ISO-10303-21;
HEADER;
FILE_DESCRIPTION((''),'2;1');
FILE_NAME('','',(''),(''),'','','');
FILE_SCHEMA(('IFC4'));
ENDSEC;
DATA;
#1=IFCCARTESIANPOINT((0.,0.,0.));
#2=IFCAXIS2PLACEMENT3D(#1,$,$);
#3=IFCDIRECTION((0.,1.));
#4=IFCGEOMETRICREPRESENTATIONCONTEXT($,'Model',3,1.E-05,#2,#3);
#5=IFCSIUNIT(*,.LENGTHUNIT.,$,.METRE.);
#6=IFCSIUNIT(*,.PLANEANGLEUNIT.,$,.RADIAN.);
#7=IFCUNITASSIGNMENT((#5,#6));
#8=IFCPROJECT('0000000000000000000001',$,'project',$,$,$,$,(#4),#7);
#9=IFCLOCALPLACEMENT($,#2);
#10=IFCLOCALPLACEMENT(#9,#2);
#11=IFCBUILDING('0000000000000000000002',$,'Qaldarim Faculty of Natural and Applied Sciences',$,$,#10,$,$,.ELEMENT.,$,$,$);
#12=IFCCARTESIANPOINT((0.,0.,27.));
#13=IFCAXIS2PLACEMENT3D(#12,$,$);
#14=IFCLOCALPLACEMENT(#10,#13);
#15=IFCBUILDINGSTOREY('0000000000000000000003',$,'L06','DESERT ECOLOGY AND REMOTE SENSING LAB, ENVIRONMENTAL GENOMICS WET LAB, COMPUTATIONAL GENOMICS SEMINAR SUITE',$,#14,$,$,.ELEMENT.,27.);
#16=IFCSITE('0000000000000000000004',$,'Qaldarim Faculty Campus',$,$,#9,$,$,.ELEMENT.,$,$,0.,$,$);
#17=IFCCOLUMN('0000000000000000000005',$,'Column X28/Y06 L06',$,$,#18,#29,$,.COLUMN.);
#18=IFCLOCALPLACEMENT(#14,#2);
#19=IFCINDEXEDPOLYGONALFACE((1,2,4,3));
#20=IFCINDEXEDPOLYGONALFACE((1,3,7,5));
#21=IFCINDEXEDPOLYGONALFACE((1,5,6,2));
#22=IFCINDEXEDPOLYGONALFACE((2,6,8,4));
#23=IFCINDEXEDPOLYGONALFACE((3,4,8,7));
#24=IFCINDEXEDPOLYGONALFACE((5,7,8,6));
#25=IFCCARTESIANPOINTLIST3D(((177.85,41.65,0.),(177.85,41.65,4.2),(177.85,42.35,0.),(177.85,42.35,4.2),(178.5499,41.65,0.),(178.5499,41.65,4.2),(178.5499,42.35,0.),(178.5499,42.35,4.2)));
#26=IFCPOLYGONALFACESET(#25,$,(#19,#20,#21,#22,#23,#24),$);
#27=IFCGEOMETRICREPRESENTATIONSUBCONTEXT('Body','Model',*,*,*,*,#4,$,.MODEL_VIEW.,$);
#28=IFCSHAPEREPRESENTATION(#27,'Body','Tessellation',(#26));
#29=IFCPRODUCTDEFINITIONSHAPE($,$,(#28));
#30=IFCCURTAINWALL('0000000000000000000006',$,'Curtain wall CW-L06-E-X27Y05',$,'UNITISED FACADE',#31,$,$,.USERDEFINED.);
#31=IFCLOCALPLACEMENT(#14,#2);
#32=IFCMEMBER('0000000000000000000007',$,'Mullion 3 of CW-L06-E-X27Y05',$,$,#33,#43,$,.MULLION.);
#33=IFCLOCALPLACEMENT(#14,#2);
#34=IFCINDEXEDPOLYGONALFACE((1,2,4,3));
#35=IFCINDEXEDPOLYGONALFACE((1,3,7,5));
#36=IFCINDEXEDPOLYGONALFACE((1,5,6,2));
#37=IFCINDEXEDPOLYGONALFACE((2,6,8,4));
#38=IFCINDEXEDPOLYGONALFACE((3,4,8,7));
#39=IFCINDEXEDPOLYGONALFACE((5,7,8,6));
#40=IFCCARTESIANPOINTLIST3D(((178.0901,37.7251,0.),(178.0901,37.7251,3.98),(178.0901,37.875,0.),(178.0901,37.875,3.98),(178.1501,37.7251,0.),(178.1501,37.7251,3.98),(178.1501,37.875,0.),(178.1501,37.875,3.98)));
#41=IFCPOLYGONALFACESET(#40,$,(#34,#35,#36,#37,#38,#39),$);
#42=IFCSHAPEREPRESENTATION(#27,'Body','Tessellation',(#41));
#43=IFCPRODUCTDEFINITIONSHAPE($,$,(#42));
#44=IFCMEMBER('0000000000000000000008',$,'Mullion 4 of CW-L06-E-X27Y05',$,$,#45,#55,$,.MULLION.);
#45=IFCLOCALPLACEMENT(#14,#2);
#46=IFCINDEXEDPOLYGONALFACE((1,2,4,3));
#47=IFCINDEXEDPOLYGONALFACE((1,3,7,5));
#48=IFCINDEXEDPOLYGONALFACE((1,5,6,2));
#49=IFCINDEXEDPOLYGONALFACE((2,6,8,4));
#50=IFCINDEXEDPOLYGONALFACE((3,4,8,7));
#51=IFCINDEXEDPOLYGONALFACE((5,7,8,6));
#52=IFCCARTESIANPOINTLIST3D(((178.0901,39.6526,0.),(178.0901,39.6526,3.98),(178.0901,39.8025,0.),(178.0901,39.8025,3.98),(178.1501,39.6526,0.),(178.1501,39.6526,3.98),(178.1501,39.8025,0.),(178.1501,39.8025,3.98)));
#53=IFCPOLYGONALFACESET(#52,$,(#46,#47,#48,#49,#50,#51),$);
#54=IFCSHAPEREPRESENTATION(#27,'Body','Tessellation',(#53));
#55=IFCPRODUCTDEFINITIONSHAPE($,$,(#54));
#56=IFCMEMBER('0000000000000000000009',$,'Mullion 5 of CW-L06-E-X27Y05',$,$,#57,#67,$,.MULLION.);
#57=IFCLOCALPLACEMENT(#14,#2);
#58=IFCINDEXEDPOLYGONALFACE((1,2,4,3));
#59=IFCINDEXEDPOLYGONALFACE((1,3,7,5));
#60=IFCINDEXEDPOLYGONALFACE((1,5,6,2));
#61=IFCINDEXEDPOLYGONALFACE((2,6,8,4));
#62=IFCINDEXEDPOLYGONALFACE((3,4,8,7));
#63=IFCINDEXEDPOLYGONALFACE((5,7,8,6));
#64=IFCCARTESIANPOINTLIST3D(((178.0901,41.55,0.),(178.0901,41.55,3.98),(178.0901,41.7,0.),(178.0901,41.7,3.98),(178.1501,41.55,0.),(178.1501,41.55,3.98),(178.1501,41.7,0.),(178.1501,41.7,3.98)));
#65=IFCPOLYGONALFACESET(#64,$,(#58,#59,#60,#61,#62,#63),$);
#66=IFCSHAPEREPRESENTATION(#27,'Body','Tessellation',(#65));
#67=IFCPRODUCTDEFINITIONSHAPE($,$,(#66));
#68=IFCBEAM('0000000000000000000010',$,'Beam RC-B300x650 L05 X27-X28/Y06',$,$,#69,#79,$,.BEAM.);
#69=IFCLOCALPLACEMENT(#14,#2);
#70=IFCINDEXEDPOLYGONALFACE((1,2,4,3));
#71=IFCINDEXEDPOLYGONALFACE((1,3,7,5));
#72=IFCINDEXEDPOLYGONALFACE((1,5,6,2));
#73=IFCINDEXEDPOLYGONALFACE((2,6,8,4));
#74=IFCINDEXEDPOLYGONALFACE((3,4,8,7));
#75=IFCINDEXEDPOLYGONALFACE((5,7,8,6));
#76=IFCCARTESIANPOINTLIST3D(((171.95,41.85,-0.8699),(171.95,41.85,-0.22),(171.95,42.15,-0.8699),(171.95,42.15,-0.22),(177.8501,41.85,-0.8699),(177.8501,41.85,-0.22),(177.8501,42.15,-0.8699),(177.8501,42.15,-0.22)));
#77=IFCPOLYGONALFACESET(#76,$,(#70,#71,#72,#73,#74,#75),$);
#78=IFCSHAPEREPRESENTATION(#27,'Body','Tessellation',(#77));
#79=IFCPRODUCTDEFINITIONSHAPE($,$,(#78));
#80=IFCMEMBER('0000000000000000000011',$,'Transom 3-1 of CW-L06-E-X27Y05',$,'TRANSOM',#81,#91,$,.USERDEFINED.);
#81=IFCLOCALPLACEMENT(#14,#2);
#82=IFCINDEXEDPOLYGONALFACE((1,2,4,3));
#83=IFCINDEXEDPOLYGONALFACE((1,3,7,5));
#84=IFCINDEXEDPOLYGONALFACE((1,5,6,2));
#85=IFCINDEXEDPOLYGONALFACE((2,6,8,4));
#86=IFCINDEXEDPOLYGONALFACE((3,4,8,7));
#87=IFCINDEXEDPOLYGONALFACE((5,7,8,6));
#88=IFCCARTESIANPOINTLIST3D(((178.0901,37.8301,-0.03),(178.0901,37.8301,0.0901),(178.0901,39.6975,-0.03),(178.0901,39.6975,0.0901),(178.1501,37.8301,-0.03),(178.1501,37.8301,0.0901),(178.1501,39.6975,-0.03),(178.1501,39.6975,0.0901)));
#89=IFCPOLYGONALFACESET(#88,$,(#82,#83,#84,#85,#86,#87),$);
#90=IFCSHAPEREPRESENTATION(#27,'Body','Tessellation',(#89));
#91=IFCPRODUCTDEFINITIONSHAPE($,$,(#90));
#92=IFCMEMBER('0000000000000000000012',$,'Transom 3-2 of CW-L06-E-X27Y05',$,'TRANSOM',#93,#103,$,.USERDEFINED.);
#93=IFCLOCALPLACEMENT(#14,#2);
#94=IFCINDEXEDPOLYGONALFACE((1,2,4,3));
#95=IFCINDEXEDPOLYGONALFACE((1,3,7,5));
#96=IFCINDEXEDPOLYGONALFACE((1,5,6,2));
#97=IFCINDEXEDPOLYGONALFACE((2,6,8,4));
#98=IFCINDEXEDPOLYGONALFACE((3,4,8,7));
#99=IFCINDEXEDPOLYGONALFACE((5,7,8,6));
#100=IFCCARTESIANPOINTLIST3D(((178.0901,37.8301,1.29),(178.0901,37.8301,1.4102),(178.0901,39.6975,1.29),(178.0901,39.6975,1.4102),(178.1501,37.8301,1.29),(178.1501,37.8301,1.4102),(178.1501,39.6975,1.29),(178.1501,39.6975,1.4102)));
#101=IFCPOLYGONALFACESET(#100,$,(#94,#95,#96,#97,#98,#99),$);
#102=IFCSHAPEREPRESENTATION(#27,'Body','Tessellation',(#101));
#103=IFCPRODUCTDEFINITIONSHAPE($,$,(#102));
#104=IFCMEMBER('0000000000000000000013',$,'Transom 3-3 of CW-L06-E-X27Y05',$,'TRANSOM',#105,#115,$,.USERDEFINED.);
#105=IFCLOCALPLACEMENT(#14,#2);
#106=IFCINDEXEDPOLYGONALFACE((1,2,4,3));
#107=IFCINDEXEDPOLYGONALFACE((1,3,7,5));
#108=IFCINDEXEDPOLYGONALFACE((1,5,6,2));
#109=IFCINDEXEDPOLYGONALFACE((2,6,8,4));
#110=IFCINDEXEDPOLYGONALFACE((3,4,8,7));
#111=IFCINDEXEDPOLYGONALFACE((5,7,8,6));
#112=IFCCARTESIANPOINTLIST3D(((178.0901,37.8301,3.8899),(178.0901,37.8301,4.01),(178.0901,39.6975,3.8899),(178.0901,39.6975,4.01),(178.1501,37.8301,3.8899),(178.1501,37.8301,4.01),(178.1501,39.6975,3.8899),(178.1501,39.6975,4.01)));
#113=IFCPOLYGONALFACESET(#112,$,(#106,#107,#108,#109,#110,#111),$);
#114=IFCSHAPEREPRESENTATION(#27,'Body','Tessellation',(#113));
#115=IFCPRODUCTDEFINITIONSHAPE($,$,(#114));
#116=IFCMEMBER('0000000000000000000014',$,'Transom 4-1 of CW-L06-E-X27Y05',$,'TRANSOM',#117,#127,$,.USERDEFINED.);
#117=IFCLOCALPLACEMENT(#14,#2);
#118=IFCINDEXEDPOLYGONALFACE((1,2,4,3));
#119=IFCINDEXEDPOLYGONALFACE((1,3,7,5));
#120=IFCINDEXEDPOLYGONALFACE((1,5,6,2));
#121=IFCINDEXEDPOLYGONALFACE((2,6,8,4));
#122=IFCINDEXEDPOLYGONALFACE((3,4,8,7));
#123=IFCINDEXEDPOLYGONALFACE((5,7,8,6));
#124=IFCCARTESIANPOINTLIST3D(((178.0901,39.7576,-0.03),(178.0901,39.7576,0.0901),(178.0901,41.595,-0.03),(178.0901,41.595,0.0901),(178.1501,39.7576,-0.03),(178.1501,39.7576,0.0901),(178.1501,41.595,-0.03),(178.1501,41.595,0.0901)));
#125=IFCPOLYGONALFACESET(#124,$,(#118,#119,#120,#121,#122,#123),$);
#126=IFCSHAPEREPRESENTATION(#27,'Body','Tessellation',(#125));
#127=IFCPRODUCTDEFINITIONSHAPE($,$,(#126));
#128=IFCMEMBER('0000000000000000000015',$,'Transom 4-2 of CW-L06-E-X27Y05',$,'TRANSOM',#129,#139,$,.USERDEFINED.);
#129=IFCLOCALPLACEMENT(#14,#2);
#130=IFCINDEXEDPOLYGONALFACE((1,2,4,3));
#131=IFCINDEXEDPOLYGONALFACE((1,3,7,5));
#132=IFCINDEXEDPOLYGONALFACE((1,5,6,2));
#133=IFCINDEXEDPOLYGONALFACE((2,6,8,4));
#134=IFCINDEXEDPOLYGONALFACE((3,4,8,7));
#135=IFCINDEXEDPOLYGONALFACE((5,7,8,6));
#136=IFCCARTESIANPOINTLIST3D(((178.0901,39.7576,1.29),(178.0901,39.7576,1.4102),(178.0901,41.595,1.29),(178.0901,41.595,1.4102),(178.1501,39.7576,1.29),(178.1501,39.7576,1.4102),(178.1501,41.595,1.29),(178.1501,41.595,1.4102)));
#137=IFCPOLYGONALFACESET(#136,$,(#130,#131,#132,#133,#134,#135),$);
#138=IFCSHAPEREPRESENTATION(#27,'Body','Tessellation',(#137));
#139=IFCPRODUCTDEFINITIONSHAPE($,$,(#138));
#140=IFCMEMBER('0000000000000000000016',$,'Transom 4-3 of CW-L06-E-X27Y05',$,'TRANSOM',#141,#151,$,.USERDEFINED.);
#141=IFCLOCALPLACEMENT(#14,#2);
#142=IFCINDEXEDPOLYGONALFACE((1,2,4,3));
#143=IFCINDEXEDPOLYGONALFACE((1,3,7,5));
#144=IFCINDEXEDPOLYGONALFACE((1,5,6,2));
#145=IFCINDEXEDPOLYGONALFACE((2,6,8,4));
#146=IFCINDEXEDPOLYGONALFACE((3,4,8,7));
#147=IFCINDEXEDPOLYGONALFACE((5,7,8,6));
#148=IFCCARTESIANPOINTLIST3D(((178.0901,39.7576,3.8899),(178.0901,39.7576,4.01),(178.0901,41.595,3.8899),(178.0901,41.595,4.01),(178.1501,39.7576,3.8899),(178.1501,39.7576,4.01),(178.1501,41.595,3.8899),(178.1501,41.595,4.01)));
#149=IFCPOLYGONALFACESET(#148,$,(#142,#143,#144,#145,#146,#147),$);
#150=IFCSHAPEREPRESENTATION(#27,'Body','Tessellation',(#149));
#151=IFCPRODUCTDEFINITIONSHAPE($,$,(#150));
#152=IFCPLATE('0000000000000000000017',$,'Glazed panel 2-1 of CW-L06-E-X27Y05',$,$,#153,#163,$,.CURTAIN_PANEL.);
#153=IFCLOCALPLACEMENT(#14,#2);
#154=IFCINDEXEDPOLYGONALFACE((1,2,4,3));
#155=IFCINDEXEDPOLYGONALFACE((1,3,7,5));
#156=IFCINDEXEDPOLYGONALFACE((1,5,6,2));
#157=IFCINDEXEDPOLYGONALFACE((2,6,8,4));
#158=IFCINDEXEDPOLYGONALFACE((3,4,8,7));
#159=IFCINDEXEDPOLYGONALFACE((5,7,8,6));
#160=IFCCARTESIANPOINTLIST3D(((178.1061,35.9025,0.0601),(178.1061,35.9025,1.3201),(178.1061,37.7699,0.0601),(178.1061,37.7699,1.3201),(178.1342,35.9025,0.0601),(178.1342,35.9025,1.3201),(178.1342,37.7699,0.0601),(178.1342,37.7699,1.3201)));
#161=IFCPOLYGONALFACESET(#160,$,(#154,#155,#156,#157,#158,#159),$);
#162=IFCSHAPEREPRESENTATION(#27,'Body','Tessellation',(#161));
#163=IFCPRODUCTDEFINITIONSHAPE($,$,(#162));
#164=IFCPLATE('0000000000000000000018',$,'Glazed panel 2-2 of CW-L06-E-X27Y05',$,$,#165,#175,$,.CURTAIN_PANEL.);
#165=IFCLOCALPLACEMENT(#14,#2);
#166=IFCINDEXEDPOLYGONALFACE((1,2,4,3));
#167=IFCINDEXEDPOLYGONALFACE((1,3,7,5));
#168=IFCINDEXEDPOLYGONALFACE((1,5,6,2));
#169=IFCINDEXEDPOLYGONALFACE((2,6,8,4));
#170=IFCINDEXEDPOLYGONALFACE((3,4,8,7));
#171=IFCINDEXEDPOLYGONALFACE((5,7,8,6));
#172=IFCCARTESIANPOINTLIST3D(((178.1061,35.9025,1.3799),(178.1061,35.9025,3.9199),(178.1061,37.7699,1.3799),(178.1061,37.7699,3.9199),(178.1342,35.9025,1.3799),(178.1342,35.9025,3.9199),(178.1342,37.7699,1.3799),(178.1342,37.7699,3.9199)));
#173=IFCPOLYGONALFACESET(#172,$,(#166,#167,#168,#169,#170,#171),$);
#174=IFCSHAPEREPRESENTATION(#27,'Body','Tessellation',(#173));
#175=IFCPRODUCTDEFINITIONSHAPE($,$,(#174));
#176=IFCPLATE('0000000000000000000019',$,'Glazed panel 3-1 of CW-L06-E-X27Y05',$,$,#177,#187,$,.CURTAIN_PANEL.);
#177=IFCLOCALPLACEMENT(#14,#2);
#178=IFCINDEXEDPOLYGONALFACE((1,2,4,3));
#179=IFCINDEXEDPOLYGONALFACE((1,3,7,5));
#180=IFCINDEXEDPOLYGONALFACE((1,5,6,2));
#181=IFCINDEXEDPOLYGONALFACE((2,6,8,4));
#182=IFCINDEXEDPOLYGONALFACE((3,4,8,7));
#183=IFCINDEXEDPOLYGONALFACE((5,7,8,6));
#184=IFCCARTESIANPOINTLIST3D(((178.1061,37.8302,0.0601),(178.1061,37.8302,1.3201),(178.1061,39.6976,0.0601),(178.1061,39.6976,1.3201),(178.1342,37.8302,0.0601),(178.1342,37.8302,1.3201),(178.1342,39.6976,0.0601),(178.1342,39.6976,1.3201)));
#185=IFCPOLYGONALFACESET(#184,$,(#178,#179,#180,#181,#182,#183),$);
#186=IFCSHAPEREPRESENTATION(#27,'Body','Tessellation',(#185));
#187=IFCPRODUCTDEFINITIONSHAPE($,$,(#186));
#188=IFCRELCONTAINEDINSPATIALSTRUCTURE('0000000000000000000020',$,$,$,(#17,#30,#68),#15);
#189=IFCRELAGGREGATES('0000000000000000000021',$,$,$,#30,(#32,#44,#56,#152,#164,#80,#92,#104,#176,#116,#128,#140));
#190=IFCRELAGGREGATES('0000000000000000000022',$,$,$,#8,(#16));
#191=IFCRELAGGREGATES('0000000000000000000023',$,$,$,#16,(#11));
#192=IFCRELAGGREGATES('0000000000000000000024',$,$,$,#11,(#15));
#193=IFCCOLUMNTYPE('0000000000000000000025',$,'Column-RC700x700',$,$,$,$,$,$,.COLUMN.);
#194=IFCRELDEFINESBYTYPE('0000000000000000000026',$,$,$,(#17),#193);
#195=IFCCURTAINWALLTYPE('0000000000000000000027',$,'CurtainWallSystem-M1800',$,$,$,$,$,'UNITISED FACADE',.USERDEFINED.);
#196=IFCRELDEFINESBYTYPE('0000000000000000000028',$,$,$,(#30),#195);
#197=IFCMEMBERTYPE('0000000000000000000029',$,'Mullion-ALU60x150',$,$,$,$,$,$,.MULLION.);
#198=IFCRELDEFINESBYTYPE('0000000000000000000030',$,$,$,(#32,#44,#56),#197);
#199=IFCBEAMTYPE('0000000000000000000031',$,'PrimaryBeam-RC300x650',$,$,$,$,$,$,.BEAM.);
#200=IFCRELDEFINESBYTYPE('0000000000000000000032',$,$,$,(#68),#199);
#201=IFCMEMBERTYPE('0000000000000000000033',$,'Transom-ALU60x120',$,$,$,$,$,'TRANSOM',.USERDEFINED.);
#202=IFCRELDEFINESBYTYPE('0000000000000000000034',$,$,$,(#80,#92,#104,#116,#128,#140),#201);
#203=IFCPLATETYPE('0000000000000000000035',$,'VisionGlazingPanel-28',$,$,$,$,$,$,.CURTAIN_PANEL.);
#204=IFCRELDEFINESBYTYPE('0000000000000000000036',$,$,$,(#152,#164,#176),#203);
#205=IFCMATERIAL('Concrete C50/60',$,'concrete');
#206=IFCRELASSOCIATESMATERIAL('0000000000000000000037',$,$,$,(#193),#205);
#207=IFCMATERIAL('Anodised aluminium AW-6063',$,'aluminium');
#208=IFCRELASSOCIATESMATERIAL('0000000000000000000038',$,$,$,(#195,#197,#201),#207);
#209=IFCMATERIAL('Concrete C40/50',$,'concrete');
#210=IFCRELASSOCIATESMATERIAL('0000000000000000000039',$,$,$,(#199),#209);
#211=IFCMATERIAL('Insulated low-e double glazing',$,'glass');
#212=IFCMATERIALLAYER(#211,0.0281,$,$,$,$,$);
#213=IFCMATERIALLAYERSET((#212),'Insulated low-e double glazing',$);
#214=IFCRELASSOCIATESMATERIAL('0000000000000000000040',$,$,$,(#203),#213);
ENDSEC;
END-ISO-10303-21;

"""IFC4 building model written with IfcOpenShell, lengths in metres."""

from ifc_helpers import new_model, si_unit, direction, frame, origin, origin_2d, place, context, subcontext, project, spatial, rectangle, extrude, material, layer, layer_set, material_profile, profile_set, type_object, element, aggregate, save


model = new_model("IFC4")

# Units and contexts
model_context = context("Model", 3, precision=1e-05, world=origin(), true_north=direction((0.0, 1.0)))
body_context = subcontext(model_context, "Body", "Model", "MODEL_VIEW")
ifc_project = project(units=[si_unit("LENGTHUNIT", "METRE"), si_unit("PLANEANGLEUNIT", "RADIAN")], contexts=[model_context])

# Site, building, storey
site_placement = place(None, origin())
site = spatial("IfcSite", under=ifc_project, at=site_placement, Name="Qaldarim Faculty Campus", CompositionType="ELEMENT", RefElevation=0.0)
building_placement = place(site_placement, origin())
building = spatial("IfcBuilding", under=site, at=building_placement, Name="Qaldarim Faculty of Natural and Applied Sciences", CompositionType="ELEMENT")
storey_placement = place(building_placement, frame((0.0, 0.0, 27.0)))
storey = spatial("IfcBuildingStorey", under=building, at=storey_placement, Name="L06", Description="DESERT ECOLOGY AND REMOTE SENSING LAB, ENVIRONMENTAL GENOMICS WET LAB, COMPUTATIONAL GENOMICS SEMINAR SUITE", CompositionType="ELEMENT", Elevation=27.0)

# Column
ifc_material_1 = material(Name="Concrete C50/60", Category="concrete")
ifc_material_profile_1 = material_profile(ifc_material_1, rectangle(XDim=0.7, YDim=0.7, at=origin_2d()), Name="RC-C700x700")
ifc_profile_set_1 = profile_set([ifc_material_profile_1], Name="Concrete C50/60")
column_type = type_object("IfcColumnType", Name="Column-RC700x700", PredefinedType="COLUMN", material=ifc_profile_set_1)
column_placement = place(storey_placement, frame((178.2, 42.0, 0.0), z_axis=(0.0, 0.0, 1.0), x_axis=(1.0, 0.0, 0.0)))
element("IfcColumn", 1, at=column_placement, inside=storey, type_object=column_type, Name="Column X28/Y06 L06", PredefinedType="COLUMN", context=body_context, shape_type="SweptSolid", body=[
    extrude(rectangle(XDim=0.7, YDim=0.7, at=origin_2d()), origin(), (0.0, 0.0, 1.0), 4.2),
])

# Curtain wall, members
ifc_material_2 = material(Name="Anodised aluminium AW-6063", Category="aluminium")
curtain_wall_type = type_object("IfcCurtainWallType", Name="CurtainWallSystem-M1800", ElementType="UNITISED FACADE", PredefinedType="USERDEFINED", material=ifc_material_2)
curtain_wall_placement = place(storey_placement, origin())
curtain_wall = element("IfcCurtainWall", 2, at=curtain_wall_placement, inside=storey, type_object=curtain_wall_type, Name="Curtain wall CW-L06-E-X27Y05", ObjectType="UNITISED FACADE", PredefinedType="USERDEFINED")
ifc_material_profile_2 = material_profile(ifc_material_2, rectangle(XDim=0.0601, YDim=0.1499, at=origin_2d()), Name="ALU-M60x150")
ifc_profile_set_2 = profile_set([ifc_material_profile_2], Name="Anodised aluminium AW-6063")
member_type_1 = type_object("IfcMemberType", Name="Mullion-ALU60x150", PredefinedType="MULLION", material=ifc_profile_set_2)
member_1_placement = place(storey_placement, frame((178.1201, 37.8, 0.0), z_axis=(0.0, 0.0, 1.0), x_axis=(-1.0, 0.0, 0.0)))
member_1 = element("IfcMember", 3, at=member_1_placement, type_object=member_type_1, Name="Mullion 3 of CW-L06-E-X27Y05", PredefinedType="MULLION", context=body_context, shape_type="SweptSolid", body=[
    extrude(rectangle(XDim=0.0601, YDim=0.1499, at=origin_2d()), origin(), (0.0, 0.0, 1.0), 3.98),
])
member_2_placement = place(storey_placement, frame((178.1201, 39.7275, 0.0), z_axis=(0.0, 0.0, 1.0), x_axis=(-1.0, 0.0, 0.0)))
member_2 = element("IfcMember", 4, at=member_2_placement, type_object=member_type_1, Name="Mullion 4 of CW-L06-E-X27Y05", PredefinedType="MULLION", context=body_context, shape_type="SweptSolid", body=[
    extrude(rectangle(XDim=0.0601, YDim=0.1499, at=origin_2d()), origin(), (0.0, 0.0, 1.0), 3.98),
])
member_3_placement = place(storey_placement, frame((178.1201, 41.625, 0.0), z_axis=(0.0, 0.0, 1.0), x_axis=(-1.0, 0.0, 0.0)))
member_3 = element("IfcMember", 5, at=member_3_placement, type_object=member_type_1, Name="Mullion 5 of CW-L06-E-X27Y05", PredefinedType="MULLION", context=body_context, shape_type="SweptSolid", body=[
    extrude(rectangle(XDim=0.0601, YDim=0.1499, at=origin_2d()), origin(), (0.0, 0.0, 1.0), 3.98),
])

# Beam
ifc_material_3 = material(Name="Concrete C40/50", Category="concrete")
ifc_material_profile_3 = material_profile(ifc_material_3, rectangle(XDim=0.3, YDim=0.6499, at=origin_2d()), Name="RC-B300x650")
ifc_profile_set_3 = profile_set([ifc_material_profile_3], Name="Concrete C40/50")
beam_type = type_object("IfcBeamType", Name="PrimaryBeam-RC300x650", PredefinedType="BEAM", material=ifc_profile_set_3)
beam_placement = place(storey_placement, frame((171.95, 42.0, -0.5449), z_axis=(1.0, 0.0, 0.0), x_axis=(0.0, 1.0, 0.0)))
element("IfcBeam", 6, at=beam_placement, inside=storey, type_object=beam_type, Name="Beam RC-B300x650 L05 X27-X28/Y06", PredefinedType="BEAM", context=body_context, shape_type="SweptSolid", body=[
    extrude(rectangle(XDim=0.3, YDim=0.6499, at=origin_2d()), origin(), (0.0, 0.0, 1.0), 5.9001),
])

# Members
ifc_material_profile_4 = material_profile(ifc_material_2, rectangle(XDim=0.0601, YDim=0.1201, at=origin_2d()), Name="ALU-T60x120")
ifc_profile_set_4 = profile_set([ifc_material_profile_4], Name="Anodised aluminium AW-6063")
member_type_2 = type_object("IfcMemberType", Name="Transom-ALU60x120", ElementType="TRANSOM", PredefinedType="USERDEFINED", material=ifc_profile_set_4)
member_4_placement = place(storey_placement, frame((178.1201, 37.8301, 0.03), z_axis=(0.0, 1.0, 0.0), x_axis=(-1.0, 0.0, 0.0)))
member_4 = element("IfcMember", 7, at=member_4_placement, type_object=member_type_2, Name="Transom 3-1 of CW-L06-E-X27Y05", ObjectType="TRANSOM", PredefinedType="USERDEFINED", context=body_context, shape_type="SweptSolid", body=[
    extrude(rectangle(XDim=0.0601, YDim=0.1201, at=origin_2d()), origin(), (0.0, 0.0, 1.0), 1.8674),
])
member_5_placement = place(storey_placement, frame((178.1201, 37.8301, 1.3501), z_axis=(0.0, 1.0, 0.0), x_axis=(-1.0, 0.0, 0.0)))
member_5 = element("IfcMember", 8, at=member_5_placement, type_object=member_type_2, Name="Transom 3-2 of CW-L06-E-X27Y05", ObjectType="TRANSOM", PredefinedType="USERDEFINED", context=body_context, shape_type="SweptSolid", body=[
    extrude(rectangle(XDim=0.0601, YDim=0.1201, at=origin_2d()), origin(), (0.0, 0.0, 1.0), 1.8674),
])
member_6_placement = place(storey_placement, frame((178.1201, 37.8301, 3.95), z_axis=(0.0, 1.0, 0.0), x_axis=(-1.0, 0.0, 0.0)))
member_6 = element("IfcMember", 9, at=member_6_placement, type_object=member_type_2, Name="Transom 3-3 of CW-L06-E-X27Y05", ObjectType="TRANSOM", PredefinedType="USERDEFINED", context=body_context, shape_type="SweptSolid", body=[
    extrude(rectangle(XDim=0.0601, YDim=0.1201, at=origin_2d()), origin(), (0.0, 0.0, 1.0), 1.8674),
])
member_7_placement = place(storey_placement, frame((178.1201, 39.7576, 0.03), z_axis=(0.0, 1.0, 0.0), x_axis=(-1.0, 0.0, 0.0)))
member_7 = element("IfcMember", 10, at=member_7_placement, type_object=member_type_2, Name="Transom 4-1 of CW-L06-E-X27Y05", ObjectType="TRANSOM", PredefinedType="USERDEFINED", context=body_context, shape_type="SweptSolid", body=[
    extrude(rectangle(XDim=0.0601, YDim=0.1201, at=origin_2d()), origin(), (0.0, 0.0, 1.0), 1.8374),
])
member_8_placement = place(storey_placement, frame((178.1201, 39.7576, 1.3501), z_axis=(0.0, 1.0, 0.0), x_axis=(-1.0, 0.0, 0.0)))
member_8 = element("IfcMember", 11, at=member_8_placement, type_object=member_type_2, Name="Transom 4-2 of CW-L06-E-X27Y05", ObjectType="TRANSOM", PredefinedType="USERDEFINED", context=body_context, shape_type="SweptSolid", body=[
    extrude(rectangle(XDim=0.0601, YDim=0.1201, at=origin_2d()), origin(), (0.0, 0.0, 1.0), 1.8374),
])
member_9_placement = place(storey_placement, frame((178.1201, 39.7576, 3.95), z_axis=(0.0, 1.0, 0.0), x_axis=(-1.0, 0.0, 0.0)))
member_9 = element("IfcMember", 12, at=member_9_placement, type_object=member_type_2, Name="Transom 4-3 of CW-L06-E-X27Y05", ObjectType="TRANSOM", PredefinedType="USERDEFINED", context=body_context, shape_type="SweptSolid", body=[
    extrude(rectangle(XDim=0.0601, YDim=0.1201, at=origin_2d()), origin(), (0.0, 0.0, 1.0), 1.8374),
])

# Plates
ifc_material_4 = material(Name="Insulated low-e double glazing", Category="glass")
ifc_layer_1 = layer(ifc_material_4, 0.0281)
ifc_layer_set_1 = layer_set([ifc_layer_1], Name="Insulated low-e double glazing")
plate_type = type_object("IfcPlateType", Name="VisionGlazingPanel-28", PredefinedType="CURTAIN_PANEL", material=ifc_layer_set_1)
plate_1_placement = place(storey_placement, frame((178.1201, 36.8362, 0.0601), z_axis=(0.0, 0.0, 1.0), x_axis=(0.0, 1.0, 0.0)))
plate_1 = element("IfcPlate", 13, at=plate_1_placement, type_object=plate_type, Name="Glazed panel 2-1 of CW-L06-E-X27Y05", PredefinedType="CURTAIN_PANEL", context=body_context, shape_type="SweptSolid", body=[
    extrude(rectangle(XDim=1.8674, YDim=0.0281, at=origin_2d()), origin(), (0.0, 0.0, 1.0), 1.26),
])
plate_2_placement = place(storey_placement, frame((178.1201, 36.8362, 1.3799), z_axis=(0.0, 0.0, 1.0), x_axis=(0.0, 1.0, 0.0)))
plate_2 = element("IfcPlate", 14, at=plate_2_placement, type_object=plate_type, Name="Glazed panel 2-2 of CW-L06-E-X27Y05", PredefinedType="CURTAIN_PANEL", context=body_context, shape_type="SweptSolid", body=[
    extrude(rectangle(XDim=1.8674, YDim=0.0281, at=origin_2d()), origin(), (0.0, 0.0, 1.0), 2.54),
])
plate_3_placement = place(storey_placement, frame((178.1201, 38.7639, 0.0601), z_axis=(0.0, 0.0, 1.0), x_axis=(0.0, 1.0, 0.0)))
plate_3 = element("IfcPlate", 15, at=plate_3_placement, type_object=plate_type, Name="Glazed panel 3-1 of CW-L06-E-X27Y05", PredefinedType="CURTAIN_PANEL", context=body_context, shape_type="SweptSolid", body=[
    extrude(rectangle(XDim=1.8674, YDim=0.0281, at=origin_2d()), origin(), (0.0, 0.0, 1.0), 1.26),
])
aggregate(curtain_wall, [member_1, member_2, member_3, plate_1, plate_2, member_4, member_5, member_6, plate_3, member_7, member_8, member_9])

save(model, "model.ifc")
